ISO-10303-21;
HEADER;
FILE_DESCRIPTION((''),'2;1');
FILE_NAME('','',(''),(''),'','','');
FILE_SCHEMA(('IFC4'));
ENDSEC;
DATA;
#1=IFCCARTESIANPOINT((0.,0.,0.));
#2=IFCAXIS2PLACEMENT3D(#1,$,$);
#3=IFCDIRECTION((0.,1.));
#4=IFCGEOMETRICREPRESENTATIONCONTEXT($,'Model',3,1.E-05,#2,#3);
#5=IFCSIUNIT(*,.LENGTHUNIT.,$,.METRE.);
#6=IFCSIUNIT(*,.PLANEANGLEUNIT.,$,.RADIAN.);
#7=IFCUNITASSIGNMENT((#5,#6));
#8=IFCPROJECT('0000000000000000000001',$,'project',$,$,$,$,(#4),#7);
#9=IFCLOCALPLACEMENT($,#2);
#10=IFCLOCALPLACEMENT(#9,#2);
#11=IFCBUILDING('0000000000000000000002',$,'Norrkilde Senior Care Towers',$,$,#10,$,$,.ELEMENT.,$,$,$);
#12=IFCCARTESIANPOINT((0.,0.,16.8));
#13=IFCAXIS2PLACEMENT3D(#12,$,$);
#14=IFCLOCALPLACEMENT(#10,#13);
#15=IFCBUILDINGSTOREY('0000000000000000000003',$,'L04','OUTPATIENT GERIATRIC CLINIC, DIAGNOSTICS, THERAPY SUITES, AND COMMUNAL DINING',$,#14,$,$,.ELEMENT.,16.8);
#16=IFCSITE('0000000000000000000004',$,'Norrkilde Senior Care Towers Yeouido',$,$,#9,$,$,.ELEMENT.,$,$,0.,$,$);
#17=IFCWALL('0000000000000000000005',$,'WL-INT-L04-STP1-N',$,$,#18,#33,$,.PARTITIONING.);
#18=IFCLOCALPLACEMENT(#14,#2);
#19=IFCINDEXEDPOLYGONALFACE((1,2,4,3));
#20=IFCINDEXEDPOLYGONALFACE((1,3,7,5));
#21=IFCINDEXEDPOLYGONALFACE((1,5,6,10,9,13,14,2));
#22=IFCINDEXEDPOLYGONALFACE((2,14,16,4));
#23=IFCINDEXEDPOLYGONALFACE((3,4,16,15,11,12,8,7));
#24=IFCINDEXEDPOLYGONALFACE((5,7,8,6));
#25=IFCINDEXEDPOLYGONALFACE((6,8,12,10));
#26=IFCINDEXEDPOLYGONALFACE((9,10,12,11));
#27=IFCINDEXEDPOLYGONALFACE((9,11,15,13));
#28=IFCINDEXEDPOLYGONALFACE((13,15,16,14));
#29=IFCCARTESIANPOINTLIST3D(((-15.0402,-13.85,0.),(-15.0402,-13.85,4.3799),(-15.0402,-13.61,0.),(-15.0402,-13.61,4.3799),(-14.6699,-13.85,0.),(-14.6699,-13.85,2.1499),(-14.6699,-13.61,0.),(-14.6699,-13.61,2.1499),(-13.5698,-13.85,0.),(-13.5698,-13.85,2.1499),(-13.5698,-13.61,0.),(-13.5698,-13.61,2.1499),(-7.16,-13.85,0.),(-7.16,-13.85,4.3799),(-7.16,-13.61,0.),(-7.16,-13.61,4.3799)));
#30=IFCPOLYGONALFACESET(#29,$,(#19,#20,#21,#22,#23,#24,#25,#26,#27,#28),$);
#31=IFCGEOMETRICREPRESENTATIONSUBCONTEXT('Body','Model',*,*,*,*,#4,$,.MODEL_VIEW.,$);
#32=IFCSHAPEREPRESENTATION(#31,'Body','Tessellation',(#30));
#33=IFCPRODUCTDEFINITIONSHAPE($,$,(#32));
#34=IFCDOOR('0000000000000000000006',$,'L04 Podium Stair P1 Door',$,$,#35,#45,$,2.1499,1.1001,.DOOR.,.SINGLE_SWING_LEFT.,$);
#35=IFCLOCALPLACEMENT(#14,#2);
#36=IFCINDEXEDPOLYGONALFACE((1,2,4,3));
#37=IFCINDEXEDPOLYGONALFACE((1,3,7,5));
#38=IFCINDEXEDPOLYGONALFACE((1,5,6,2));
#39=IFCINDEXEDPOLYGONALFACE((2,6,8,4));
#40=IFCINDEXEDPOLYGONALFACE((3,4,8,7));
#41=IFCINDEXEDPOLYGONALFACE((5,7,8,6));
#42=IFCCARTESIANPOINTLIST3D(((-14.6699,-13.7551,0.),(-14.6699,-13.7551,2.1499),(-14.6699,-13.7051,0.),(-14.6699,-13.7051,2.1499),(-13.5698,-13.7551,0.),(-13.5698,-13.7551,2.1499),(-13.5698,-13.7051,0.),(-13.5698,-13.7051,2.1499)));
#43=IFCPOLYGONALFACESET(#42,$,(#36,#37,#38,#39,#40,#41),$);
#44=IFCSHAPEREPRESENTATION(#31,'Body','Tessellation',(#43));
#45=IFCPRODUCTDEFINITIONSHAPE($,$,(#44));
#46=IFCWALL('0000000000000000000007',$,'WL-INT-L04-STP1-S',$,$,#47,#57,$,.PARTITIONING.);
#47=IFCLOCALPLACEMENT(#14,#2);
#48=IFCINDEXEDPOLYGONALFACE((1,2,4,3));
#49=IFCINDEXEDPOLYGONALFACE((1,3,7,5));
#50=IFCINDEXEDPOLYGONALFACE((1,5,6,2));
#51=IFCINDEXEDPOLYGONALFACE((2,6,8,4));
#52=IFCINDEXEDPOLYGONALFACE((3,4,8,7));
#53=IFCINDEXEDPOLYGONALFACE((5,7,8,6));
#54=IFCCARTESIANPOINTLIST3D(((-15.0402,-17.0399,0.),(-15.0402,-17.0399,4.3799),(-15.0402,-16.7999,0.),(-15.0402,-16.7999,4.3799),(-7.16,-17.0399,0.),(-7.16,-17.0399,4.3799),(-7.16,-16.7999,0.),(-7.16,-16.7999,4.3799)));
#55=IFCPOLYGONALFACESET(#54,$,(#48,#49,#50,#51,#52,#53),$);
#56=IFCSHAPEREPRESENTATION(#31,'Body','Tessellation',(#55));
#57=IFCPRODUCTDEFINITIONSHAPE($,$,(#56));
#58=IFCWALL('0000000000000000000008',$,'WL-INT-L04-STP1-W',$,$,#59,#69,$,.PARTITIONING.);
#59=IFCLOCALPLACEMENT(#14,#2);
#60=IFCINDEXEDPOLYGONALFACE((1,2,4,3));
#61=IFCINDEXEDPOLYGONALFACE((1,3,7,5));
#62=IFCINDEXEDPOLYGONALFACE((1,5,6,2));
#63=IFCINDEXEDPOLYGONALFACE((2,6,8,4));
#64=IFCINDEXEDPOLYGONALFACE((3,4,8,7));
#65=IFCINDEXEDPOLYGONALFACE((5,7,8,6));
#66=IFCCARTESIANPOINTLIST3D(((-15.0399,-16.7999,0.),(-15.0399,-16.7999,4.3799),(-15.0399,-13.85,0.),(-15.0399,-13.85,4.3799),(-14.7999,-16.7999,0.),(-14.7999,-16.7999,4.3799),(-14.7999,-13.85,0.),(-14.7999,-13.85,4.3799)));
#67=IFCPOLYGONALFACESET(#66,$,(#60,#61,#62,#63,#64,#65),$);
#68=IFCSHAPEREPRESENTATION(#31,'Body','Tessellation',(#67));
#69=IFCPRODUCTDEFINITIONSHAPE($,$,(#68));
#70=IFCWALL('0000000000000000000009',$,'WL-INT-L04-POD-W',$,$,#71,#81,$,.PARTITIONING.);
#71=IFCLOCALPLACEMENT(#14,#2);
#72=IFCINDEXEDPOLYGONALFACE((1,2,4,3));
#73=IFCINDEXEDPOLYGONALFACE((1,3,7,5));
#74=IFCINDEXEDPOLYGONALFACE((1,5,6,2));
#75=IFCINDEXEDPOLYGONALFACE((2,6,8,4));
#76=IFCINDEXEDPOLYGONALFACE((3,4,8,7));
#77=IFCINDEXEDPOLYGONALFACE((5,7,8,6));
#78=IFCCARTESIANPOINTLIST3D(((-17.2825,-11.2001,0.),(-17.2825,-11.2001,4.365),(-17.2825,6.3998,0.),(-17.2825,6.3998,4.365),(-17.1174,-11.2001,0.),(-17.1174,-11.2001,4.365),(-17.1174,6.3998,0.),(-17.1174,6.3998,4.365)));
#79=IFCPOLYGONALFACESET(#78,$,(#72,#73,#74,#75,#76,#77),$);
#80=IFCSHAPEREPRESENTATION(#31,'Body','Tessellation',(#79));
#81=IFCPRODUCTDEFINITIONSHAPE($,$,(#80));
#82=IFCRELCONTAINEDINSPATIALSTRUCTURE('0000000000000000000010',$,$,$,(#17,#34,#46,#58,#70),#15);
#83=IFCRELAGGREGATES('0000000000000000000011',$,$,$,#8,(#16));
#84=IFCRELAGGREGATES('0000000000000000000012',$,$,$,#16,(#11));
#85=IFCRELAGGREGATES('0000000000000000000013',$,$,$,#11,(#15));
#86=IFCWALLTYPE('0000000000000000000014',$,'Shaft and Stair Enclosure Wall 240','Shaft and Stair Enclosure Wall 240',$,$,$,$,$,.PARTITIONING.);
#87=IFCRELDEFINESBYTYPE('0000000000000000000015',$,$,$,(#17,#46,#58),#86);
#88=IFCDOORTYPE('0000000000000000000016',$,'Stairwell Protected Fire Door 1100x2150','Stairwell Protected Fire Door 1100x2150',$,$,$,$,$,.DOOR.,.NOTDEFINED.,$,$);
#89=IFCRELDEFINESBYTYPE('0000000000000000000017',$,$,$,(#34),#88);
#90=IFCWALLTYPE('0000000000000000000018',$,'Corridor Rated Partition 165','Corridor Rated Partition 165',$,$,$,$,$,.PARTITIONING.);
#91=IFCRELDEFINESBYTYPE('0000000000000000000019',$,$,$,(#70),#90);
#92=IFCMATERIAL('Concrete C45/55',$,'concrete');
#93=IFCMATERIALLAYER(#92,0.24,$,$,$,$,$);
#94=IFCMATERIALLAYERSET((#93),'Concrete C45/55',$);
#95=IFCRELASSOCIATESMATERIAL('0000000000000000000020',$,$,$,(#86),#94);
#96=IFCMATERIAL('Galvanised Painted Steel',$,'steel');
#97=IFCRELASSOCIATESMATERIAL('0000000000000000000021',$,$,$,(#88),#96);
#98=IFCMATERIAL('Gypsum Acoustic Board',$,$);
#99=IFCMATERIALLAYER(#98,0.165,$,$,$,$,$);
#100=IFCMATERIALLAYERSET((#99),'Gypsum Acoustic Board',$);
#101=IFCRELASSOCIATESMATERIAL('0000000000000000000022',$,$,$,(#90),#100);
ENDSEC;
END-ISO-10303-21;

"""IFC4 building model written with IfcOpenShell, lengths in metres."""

from ifc_helpers import new_model, si_unit, direction, frame, frame_2d, origin, place, context, subcontext, project, spatial, rectangle, extrude, source, transform, mapped, material, layer, layer_set, type_object, type_shapes, element, fill, save


model = new_model("IFC4")

# Units and contexts
model_context = context("Model", 3, precision=1e-05, world=origin(), true_north=direction((0.0, 1.0)))
body_context = subcontext(model_context, "Body", "Model", "MODEL_VIEW")
ifc_project = project(units=[si_unit("LENGTHUNIT", "METRE"), si_unit("PLANEANGLEUNIT", "RADIAN")], contexts=[model_context])

# Site, building, storey
site_placement = place(None, origin())
site = spatial("IfcSite", under=ifc_project, at=site_placement, Name="Norrkilde Senior Care Towers Yeouido", CompositionType="ELEMENT", RefElevation=0.0)
building_placement = place(site_placement, origin())
building = spatial("IfcBuilding", under=site, at=building_placement, Name="Norrkilde Senior Care Towers", CompositionType="ELEMENT")
storey_placement = place(building_placement, frame((0.0, 0.0, 16.8)))
storey = spatial("IfcBuildingStorey", under=building, at=storey_placement, Name="L04", Description="OUTPATIENT GERIATRIC CLINIC, DIAGNOSTICS, THERAPY SUITES, AND COMMUNAL DINING", CompositionType="ELEMENT", Elevation=16.8)

# Shared definitions
ifc_material_1 = material(Name="Gypsum Acoustic Board")

# Wall, opening, door
ifc_material_2 = material(Name="Concrete C45/55", Category="concrete")
ifc_layer_1 = layer(ifc_material_2, 0.24)
ifc_layer_set_1 = layer_set([ifc_layer_1], Name="Concrete C45/55")
wall_type_1 = type_object("IfcWallType", Name="Shaft and Stair Enclosure Wall 240", Description="Shaft and Stair Enclosure Wall 240", PredefinedType="PARTITIONING", material=ifc_layer_set_1)
shared_shape_1 = source(origin(), body_context, "Body", "SweptSolid", [
    extrude(rectangle(XDim=7.8801, YDim=0.24, at=frame_2d((3.9399, 0.0))), origin(), (0.0, 0.0, 1.0), 4.3799),
])
wall_1_placement = place(storey_placement, frame((-15.04, -13.73, 0.0), z_axis=(0.0, 0.0, 1.0), x_axis=(1.0, 0.0, 0.0)))
wall_1 = element("IfcWall", 1, at=wall_1_placement, inside=storey, type_object=wall_type_1, Name="WL-INT-L04-STP1-N", PredefinedType="PARTITIONING", context=body_context, shape_type="MappedRepresentation", body=[
    mapped(shared_shape_1, transform((0.0, 0.0, 0.0), x_axis=(1.0, 0.0, 0.0), y_axis=(0.0, 1.0, 0.0), z_axis=(0.0, 0.0, 1.0), scale=1.0)),
])
opening_1_placement = place(wall_1_placement, frame((0.3701, 0.0, 0.0)))
opening_1 = element("IfcOpeningElement", 2, at=opening_1_placement, cuts=wall_1, PredefinedType="OPENING", context=body_context, shape_type="SweptSolid", body=[
    extrude(rectangle(XDim=1.1001, YDim=2.1499, at=frame_2d((0.55, 1.075))), frame((0.0, 0.1299, 0.0), z_axis=(0.0, -1.0, 0.0), x_axis=(1.0, 0.0, 0.0)), (0.0, 0.0, 1.0), 0.26),
])
ifc_material_3 = material(Name="Galvanised Painted Steel", Category="steel")
door_type_1 = type_object("IfcDoorType", Name="Stairwell Protected Fire Door 1100x2150", Description="Stairwell Protected Fire Door 1100x2150", OperationType="NOTDEFINED", PredefinedType="DOOR", material=ifc_material_3)
shared_shape_2 = source(origin(), body_context, "Body", "SweptSolid", [
    extrude(rectangle(XDim=1.1001, YDim=2.1499, at=frame_2d((0.55, 1.075))), frame((0.0, 0.0249, 0.0), z_axis=(0.0, -1.0, 0.0), x_axis=(1.0, 0.0, 0.0)), (0.0, 0.0, 1.0), 0.05),
])
type_shapes(door_type_1, [shared_shape_2])
door_1_placement = place(opening_1_placement, origin())
door_1 = element("IfcDoor", 3, at=door_1_placement, inside=storey, type_object=door_type_1, Name="L04 Podium Stair P1 Door", OperationType="SINGLE_SWING_LEFT", OverallHeight=2.1499, OverallWidth=1.1001, PredefinedType="DOOR", context=body_context, shape_type="MappedRepresentation", body=[
    mapped(shared_shape_2, transform((0.0, 0.0, 0.0), x_axis=(1.0, 0.0, 0.0), y_axis=(0.0, 1.0, 0.0), z_axis=(0.0, 0.0, 1.0), scale=1.0)),
])
fill(opening_1, door_1)

# Walls
wall_2_placement = place(storey_placement, frame((-15.04, -16.9199, 0.0), z_axis=(0.0, 0.0, 1.0), x_axis=(1.0, 0.0, 0.0)))
element("IfcWall", 4, at=wall_2_placement, inside=storey, type_object=wall_type_1, Name="WL-INT-L04-STP1-S", PredefinedType="PARTITIONING", context=body_context, shape_type="MappedRepresentation", body=[
    mapped(shared_shape_1, transform((0.0, 0.0, 0.0), x_axis=(1.0, 0.0, 0.0), y_axis=(0.0, 1.0, 0.0), z_axis=(0.0, 0.0, 1.0), scale=1.0)),
])
shared_shape_3 = source(origin(), body_context, "Body", "SweptSolid", [
    extrude(rectangle(XDim=2.95, YDim=0.24, at=frame_2d((1.4751, 0.0))), origin(), (0.0, 0.0, 1.0), 4.3799),
])
type_shapes(wall_type_1, [shared_shape_1, shared_shape_3])
wall_3_placement = place(storey_placement, frame((-14.9199, -16.8, 0.0), z_axis=(0.0, 0.0, 1.0), x_axis=(0.0, 1.0, 0.0)))
element("IfcWall", 5, at=wall_3_placement, inside=storey, type_object=wall_type_1, Name="WL-INT-L04-STP1-W", PredefinedType="PARTITIONING", context=body_context, shape_type="MappedRepresentation", body=[
    mapped(shared_shape_3, transform((0.0, 0.0, 0.0), x_axis=(1.0, 0.0, 0.0), y_axis=(0.0, 1.0, 0.0), z_axis=(0.0, 0.0, 1.0), scale=1.0)),
])
ifc_layer_2 = layer(ifc_material_1, 0.165)
ifc_layer_set_2 = layer_set([ifc_layer_2], Name="Gypsum Acoustic Board")
wall_type_2 = type_object("IfcWallType", Name="Corridor Rated Partition 165", Description="Corridor Rated Partition 165", PredefinedType="PARTITIONING", material=ifc_layer_set_2)
shared_shape_4 = source(origin(), body_context, "Body", "SweptSolid", [
    extrude(rectangle(XDim=17.5999, YDim=0.165, at=frame_2d((8.7998, 0.0))), origin(), (0.0, 0.0, 1.0), 4.365),
])
wall_4_placement = place(storey_placement, frame((-17.2, -11.2, 0.0), z_axis=(0.0, 0.0, 1.0), x_axis=(0.0, 1.0, 0.0)))
element("IfcWall", 6, at=wall_4_placement, inside=storey, type_object=wall_type_2, Name="WL-INT-L04-POD-W", PredefinedType="PARTITIONING", context=body_context, shape_type="MappedRepresentation", body=[
    mapped(shared_shape_4, transform((0.0, 0.0, 0.0), x_axis=(1.0, 0.0, 0.0), y_axis=(0.0, 1.0, 0.0), z_axis=(0.0, 0.0, 1.0), scale=1.0)),
])

save(model, "model.ifc")
